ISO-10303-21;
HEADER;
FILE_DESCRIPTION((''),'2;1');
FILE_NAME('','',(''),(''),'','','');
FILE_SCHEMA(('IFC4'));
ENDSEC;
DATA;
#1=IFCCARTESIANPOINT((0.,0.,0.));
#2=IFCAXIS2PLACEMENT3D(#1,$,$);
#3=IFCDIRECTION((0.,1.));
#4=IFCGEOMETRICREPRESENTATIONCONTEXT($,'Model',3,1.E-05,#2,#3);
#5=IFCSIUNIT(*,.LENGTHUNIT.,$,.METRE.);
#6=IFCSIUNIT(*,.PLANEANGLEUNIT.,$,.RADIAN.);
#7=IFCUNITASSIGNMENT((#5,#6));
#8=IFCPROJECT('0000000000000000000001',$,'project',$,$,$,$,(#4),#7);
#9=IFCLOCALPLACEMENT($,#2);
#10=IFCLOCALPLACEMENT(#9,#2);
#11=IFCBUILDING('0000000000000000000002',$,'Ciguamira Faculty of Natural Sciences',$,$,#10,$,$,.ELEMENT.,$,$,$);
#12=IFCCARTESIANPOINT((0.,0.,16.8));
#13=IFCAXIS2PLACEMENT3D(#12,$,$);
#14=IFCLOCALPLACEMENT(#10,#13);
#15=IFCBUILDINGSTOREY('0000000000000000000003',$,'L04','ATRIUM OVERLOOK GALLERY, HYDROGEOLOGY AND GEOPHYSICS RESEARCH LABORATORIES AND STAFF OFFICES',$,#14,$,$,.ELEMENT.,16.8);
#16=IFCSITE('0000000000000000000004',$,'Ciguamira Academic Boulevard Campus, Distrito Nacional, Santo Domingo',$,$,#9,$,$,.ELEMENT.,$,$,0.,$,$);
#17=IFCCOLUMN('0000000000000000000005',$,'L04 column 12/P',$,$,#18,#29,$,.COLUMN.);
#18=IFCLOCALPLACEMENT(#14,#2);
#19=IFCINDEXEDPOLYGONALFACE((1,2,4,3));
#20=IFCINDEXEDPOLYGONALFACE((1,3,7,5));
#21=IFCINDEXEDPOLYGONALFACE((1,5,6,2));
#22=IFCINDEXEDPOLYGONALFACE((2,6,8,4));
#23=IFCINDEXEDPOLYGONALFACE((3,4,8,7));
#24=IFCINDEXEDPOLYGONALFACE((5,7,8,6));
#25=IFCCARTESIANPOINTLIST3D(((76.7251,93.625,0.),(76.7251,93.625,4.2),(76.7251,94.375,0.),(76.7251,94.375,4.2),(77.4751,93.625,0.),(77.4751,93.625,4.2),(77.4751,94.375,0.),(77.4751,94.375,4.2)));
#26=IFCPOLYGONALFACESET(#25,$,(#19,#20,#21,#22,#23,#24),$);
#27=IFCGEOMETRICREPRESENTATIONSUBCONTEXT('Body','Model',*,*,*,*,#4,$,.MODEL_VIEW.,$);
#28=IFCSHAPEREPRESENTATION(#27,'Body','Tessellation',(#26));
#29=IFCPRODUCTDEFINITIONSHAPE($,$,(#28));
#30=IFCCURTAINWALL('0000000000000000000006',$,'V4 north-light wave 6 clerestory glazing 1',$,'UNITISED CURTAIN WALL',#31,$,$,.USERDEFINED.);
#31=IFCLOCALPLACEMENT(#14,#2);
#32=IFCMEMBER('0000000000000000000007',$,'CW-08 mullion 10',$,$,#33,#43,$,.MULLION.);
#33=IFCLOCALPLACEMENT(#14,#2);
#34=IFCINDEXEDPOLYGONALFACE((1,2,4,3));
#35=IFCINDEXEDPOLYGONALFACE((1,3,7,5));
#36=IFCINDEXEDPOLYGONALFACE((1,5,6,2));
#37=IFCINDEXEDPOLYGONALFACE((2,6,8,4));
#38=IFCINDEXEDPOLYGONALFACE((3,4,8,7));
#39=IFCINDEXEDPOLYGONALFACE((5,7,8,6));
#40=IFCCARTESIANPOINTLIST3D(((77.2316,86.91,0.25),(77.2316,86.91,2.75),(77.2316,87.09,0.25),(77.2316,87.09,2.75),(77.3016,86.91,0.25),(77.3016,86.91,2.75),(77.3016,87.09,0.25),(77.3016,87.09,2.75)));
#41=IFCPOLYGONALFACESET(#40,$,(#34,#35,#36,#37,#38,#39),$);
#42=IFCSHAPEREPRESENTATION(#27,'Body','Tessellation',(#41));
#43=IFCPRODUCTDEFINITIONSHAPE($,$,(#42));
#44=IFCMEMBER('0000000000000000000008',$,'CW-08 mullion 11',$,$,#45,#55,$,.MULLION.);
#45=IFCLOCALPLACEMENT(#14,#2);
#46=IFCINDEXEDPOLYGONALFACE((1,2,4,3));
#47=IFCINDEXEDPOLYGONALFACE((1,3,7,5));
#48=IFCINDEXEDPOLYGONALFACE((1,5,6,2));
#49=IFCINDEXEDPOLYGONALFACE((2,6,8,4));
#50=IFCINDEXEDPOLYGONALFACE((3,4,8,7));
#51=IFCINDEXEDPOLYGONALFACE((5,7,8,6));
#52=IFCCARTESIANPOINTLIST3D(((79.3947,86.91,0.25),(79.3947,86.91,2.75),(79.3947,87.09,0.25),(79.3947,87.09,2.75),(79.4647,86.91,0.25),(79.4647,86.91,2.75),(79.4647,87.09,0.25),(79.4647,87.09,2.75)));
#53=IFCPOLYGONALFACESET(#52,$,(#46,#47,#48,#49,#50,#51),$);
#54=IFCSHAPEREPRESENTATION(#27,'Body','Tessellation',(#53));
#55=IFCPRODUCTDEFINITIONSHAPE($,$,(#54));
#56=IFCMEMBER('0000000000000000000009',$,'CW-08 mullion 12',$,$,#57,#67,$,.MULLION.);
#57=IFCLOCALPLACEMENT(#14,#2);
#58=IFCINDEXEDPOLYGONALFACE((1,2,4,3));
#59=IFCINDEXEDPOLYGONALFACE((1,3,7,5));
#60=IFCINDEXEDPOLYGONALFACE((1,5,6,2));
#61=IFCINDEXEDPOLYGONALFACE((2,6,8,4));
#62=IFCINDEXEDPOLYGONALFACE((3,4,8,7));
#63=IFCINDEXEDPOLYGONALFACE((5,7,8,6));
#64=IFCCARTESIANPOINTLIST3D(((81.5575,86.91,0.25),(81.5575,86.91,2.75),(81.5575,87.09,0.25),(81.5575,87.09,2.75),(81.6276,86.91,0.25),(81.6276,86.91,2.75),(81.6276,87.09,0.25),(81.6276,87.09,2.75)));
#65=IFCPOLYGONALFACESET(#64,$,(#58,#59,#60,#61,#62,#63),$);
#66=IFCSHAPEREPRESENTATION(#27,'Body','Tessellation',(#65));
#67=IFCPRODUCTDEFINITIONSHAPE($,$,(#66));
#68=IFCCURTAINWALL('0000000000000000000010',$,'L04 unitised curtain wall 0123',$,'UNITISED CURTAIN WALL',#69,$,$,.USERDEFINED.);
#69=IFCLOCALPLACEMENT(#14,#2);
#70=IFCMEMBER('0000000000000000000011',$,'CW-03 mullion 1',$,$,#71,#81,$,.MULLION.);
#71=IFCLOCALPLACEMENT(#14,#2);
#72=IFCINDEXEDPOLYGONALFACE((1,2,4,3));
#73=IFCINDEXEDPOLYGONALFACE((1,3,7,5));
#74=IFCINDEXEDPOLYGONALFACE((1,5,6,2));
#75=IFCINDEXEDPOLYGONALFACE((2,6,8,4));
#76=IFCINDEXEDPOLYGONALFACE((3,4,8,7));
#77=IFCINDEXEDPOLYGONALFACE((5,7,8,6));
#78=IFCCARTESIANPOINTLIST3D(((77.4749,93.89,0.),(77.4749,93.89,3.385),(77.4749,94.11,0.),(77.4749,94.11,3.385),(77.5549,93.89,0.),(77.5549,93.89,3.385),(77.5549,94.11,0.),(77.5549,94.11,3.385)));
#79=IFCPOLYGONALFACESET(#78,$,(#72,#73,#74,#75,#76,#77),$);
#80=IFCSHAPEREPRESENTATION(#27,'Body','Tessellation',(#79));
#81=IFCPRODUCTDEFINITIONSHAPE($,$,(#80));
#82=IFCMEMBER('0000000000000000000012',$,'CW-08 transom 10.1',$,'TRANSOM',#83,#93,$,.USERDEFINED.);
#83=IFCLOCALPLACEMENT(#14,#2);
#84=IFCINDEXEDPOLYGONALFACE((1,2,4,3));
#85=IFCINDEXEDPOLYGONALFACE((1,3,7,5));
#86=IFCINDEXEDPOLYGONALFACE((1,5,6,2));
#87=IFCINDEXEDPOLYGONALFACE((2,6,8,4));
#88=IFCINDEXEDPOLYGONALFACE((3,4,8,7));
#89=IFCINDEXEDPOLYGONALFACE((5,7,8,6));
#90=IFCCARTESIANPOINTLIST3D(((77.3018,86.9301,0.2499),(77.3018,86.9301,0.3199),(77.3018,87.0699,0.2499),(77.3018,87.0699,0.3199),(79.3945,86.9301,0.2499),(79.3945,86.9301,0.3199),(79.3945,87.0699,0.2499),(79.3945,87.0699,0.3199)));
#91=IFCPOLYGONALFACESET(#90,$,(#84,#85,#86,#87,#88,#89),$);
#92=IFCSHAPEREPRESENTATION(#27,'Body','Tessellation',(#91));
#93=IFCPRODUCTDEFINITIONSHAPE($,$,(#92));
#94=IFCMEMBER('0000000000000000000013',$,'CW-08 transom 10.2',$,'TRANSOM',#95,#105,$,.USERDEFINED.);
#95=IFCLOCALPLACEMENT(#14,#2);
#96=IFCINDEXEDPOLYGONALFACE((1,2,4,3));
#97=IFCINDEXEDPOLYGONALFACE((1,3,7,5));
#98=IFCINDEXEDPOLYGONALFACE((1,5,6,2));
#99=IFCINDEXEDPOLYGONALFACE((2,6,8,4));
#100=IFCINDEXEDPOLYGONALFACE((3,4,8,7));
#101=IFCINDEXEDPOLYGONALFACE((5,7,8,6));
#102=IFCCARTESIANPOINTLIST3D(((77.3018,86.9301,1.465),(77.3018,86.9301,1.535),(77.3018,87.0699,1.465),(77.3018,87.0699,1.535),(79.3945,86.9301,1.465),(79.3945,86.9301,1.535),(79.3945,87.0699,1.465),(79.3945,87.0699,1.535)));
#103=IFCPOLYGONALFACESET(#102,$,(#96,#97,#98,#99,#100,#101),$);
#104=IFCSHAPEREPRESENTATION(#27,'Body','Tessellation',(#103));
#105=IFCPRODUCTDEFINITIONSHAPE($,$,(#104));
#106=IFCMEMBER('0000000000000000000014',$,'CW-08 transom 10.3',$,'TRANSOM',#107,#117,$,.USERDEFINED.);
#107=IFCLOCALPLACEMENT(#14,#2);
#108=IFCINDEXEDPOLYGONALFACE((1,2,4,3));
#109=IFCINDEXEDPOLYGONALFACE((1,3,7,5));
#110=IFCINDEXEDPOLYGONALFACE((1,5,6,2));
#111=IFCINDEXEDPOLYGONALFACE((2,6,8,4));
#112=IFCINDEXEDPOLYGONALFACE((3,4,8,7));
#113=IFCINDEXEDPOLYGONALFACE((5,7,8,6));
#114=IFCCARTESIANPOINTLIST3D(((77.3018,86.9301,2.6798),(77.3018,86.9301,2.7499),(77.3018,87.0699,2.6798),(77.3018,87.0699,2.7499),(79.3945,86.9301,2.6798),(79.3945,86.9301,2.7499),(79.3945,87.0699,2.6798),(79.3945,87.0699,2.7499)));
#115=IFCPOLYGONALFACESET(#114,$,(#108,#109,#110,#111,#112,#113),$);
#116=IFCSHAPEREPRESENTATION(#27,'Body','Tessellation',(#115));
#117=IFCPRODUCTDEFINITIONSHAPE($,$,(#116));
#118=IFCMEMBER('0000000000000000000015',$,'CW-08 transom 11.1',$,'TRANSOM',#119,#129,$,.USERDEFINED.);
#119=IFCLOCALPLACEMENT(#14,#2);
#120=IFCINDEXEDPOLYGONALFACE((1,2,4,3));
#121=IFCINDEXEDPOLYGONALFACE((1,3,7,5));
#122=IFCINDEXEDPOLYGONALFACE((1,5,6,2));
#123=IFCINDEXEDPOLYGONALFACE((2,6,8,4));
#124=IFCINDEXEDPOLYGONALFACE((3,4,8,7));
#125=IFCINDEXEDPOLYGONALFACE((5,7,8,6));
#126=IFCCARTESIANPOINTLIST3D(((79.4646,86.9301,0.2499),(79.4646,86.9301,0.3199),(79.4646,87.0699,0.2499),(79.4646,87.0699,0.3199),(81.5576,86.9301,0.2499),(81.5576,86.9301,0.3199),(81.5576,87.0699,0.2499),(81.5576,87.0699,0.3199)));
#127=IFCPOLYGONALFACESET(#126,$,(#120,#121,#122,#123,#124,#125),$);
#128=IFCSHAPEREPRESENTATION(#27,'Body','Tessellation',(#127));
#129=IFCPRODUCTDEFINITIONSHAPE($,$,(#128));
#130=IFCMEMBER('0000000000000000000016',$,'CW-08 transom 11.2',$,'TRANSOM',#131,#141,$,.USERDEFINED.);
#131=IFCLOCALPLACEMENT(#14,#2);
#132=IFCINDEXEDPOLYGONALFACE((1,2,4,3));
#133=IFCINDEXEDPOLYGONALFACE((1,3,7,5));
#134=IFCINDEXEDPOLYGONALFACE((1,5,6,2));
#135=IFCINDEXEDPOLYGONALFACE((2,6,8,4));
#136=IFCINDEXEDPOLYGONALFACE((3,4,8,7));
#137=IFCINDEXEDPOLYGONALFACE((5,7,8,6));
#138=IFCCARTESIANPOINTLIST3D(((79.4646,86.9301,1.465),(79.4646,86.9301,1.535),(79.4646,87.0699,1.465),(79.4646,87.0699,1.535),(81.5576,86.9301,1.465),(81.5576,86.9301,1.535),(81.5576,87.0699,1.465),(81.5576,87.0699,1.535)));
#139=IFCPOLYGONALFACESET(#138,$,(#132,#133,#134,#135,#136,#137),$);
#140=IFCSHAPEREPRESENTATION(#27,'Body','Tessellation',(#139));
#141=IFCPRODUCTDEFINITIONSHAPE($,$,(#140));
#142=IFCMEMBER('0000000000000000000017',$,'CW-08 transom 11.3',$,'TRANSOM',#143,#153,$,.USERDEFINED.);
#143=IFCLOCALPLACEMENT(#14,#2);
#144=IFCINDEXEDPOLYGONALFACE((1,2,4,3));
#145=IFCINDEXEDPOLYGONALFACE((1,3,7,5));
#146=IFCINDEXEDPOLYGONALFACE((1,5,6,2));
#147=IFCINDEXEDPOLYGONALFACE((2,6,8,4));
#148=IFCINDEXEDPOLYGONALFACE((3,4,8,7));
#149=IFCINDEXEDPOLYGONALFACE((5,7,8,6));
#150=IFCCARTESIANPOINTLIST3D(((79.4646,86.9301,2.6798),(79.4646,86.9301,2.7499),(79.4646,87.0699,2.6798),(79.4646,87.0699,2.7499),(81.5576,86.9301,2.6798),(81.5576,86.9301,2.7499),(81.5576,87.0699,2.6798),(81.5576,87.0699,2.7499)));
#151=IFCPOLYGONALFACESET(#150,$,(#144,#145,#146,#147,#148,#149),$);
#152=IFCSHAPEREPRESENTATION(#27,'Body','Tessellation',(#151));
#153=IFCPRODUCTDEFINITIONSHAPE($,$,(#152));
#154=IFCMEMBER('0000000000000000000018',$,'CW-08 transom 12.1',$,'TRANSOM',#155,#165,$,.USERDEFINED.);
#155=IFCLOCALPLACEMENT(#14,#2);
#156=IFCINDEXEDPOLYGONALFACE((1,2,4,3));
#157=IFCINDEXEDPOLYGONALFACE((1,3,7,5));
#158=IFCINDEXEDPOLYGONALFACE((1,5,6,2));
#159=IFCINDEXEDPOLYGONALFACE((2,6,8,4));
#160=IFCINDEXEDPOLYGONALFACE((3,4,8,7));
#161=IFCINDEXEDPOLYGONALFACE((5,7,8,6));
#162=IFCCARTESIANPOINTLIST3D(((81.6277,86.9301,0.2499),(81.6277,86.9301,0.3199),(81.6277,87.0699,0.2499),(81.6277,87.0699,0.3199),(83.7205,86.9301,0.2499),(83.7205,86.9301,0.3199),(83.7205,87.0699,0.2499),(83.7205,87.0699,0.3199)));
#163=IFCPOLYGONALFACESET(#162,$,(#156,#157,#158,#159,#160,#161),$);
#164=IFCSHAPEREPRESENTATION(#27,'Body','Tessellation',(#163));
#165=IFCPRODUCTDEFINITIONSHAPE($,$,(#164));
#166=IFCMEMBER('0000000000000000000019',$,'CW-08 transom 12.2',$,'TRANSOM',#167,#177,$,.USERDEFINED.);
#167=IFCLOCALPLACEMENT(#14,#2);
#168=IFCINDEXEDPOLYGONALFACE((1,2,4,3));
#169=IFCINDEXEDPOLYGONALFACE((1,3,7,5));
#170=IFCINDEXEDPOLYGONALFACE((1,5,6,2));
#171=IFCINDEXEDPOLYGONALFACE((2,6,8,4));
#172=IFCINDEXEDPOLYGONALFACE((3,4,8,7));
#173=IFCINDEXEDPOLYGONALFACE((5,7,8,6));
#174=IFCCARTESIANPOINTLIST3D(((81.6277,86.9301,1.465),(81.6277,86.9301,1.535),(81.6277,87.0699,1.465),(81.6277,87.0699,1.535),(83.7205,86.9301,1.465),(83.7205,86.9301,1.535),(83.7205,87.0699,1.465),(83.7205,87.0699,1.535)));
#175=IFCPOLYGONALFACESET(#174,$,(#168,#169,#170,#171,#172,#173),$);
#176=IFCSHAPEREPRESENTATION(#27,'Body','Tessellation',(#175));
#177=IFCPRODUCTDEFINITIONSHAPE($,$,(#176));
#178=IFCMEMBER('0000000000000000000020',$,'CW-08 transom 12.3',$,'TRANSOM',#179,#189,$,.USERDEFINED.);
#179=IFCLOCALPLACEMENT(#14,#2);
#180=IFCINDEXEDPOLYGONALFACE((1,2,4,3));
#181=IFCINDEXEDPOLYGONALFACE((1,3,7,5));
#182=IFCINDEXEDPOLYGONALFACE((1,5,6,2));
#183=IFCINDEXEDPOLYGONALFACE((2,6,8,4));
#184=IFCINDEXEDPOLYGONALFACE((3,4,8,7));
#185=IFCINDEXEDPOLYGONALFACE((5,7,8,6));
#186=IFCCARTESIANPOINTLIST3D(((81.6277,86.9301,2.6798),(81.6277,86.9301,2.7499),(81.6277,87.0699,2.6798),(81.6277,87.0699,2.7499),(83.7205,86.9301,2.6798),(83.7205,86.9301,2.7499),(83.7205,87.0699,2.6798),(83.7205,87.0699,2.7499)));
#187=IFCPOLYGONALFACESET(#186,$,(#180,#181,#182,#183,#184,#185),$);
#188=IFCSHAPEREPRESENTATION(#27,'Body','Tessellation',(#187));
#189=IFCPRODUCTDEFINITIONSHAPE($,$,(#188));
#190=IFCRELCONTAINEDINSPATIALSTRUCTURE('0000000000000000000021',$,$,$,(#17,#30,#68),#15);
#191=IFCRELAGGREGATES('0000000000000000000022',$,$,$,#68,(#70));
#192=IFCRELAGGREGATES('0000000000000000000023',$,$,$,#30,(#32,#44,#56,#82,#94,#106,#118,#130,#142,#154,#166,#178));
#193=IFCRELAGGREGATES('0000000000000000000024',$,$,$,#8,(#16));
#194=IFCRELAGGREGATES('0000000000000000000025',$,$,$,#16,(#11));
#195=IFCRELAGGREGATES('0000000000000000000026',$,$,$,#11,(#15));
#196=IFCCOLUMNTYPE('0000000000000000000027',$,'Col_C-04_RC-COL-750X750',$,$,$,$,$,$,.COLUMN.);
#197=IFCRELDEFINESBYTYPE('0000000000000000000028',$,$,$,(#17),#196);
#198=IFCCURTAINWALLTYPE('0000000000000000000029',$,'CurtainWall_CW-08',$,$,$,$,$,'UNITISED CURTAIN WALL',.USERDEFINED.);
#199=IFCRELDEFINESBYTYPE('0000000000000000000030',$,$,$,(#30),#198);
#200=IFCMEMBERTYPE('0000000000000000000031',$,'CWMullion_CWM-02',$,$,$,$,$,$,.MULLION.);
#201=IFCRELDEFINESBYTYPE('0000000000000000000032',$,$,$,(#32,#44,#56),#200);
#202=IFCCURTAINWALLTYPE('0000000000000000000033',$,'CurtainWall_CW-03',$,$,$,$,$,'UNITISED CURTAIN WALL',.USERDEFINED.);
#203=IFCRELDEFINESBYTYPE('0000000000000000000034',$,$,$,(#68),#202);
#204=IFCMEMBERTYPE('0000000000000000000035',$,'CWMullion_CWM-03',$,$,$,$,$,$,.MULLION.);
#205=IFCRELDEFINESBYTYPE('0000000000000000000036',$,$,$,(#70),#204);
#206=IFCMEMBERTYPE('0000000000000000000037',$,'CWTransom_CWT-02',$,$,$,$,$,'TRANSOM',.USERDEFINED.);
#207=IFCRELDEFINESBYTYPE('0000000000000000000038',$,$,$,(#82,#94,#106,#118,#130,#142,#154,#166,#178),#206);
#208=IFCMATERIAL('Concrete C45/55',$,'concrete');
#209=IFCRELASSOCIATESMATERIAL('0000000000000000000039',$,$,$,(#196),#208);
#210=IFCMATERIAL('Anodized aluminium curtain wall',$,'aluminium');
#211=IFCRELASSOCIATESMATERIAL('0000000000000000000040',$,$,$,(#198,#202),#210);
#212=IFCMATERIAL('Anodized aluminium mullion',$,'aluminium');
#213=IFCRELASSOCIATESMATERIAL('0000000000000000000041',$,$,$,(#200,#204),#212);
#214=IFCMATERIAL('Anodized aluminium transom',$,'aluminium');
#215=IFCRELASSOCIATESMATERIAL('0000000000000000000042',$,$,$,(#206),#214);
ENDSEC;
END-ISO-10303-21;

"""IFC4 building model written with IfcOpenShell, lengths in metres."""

from ifc_helpers import new_model, si_unit, direction, frame, origin, origin_2d, place, context, subcontext, project, spatial, rectangle, extrude, material, material_profile, profile_set, type_object, element, aggregate, save


model = new_model("IFC4")

# Units and contexts
model_context = context("Model", 3, precision=1e-05, world=origin(), true_north=direction((0.0, 1.0)))
body_context = subcontext(model_context, "Body", "Model", "MODEL_VIEW")
ifc_project = project(units=[si_unit("LENGTHUNIT", "METRE"), si_unit("PLANEANGLEUNIT", "RADIAN")], contexts=[model_context])

# Site, building, storey
site_placement = place(None, origin())
site = spatial("IfcSite", under=ifc_project, at=site_placement, Name="Ciguamira Academic Boulevard Campus, Distrito Nacional, Santo Domingo", CompositionType="ELEMENT", RefElevation=0.0)
building_placement = place(site_placement, origin())
building = spatial("IfcBuilding", under=site, at=building_placement, Name="Ciguamira Faculty of Natural Sciences", CompositionType="ELEMENT")
storey_placement = place(building_placement, frame((0.0, 0.0, 16.8)))
storey = spatial("IfcBuildingStorey", under=building, at=storey_placement, Name="L04", Description="ATRIUM OVERLOOK GALLERY, HYDROGEOLOGY AND GEOPHYSICS RESEARCH LABORATORIES AND STAFF OFFICES", CompositionType="ELEMENT", Elevation=16.8)

# Column
ifc_material_1 = material(Name="Concrete C45/55", Category="concrete")
ifc_material_profile_1 = material_profile(ifc_material_1, rectangle(XDim=0.75, YDim=0.75, at=origin_2d()), Name="RC-COL-750X750")
ifc_profile_set_1 = profile_set([ifc_material_profile_1], Name="Concrete C45/55")
column_type = type_object("IfcColumnType", Name="Col_C-04_RC-COL-750X750", PredefinedType="COLUMN", material=ifc_profile_set_1)
column_placement = place(storey_placement, frame((77.1001, 94.0, 0.0), z_axis=(0.0, 0.0, 1.0), x_axis=(1.0, 0.0, 0.0)))
element("IfcColumn", 1, at=column_placement, inside=storey, type_object=column_type, Name="L04 column 12/P", PredefinedType="COLUMN", context=body_context, shape_type="SweptSolid", body=[
    extrude(rectangle(XDim=0.75, YDim=0.75, at=origin_2d()), origin(), (0.0, 0.0, 1.0), 4.2),
])

# Curtain wall, members
ifc_material_2 = material(Name="Anodized aluminium curtain wall", Category="aluminium")
curtain_wall_type_1 = type_object("IfcCurtainWallType", Name="CurtainWall_CW-08", ElementType="UNITISED CURTAIN WALL", PredefinedType="USERDEFINED", material=ifc_material_2)
curtain_wall_1_placement = place(storey_placement, origin())
curtain_wall_1 = element("IfcCurtainWall", 2, at=curtain_wall_1_placement, inside=storey, type_object=curtain_wall_type_1, Name="V4 north-light wave 6 clerestory glazing 1", ObjectType="UNITISED CURTAIN WALL", PredefinedType="USERDEFINED")
ifc_material_3 = material(Name="Anodized aluminium mullion", Category="aluminium")
ifc_material_profile_2 = material_profile(ifc_material_3, rectangle(XDim=0.0701, YDim=0.1799, at=origin_2d()), Name="ALU-MUL-70X180")
ifc_profile_set_2 = profile_set([ifc_material_profile_2], Name="Anodized aluminium mullion")
member_type_1 = type_object("IfcMemberType", Name="CWMullion_CWM-02", PredefinedType="MULLION", material=ifc_profile_set_2)
member_1_placement = place(storey_placement, frame((77.2666, 87.0, 0.25), z_axis=(0.0, 0.0, 1.0), x_axis=(1.0, 0.0, 0.0)))
member_1 = element("IfcMember", 3, at=member_1_placement, type_object=member_type_1, Name="CW-08 mullion 10", PredefinedType="MULLION", context=body_context, shape_type="SweptSolid", body=[
    extrude(rectangle(XDim=0.0701, YDim=0.1799, at=origin_2d()), origin(), (0.0, 0.0, 1.0), 2.5),
])
member_2_placement = place(storey_placement, frame((79.4297, 87.0, 0.25), z_axis=(0.0, 0.0, 1.0), x_axis=(1.0, 0.0, 0.0)))
member_2 = element("IfcMember", 4, at=member_2_placement, type_object=member_type_1, Name="CW-08 mullion 11", PredefinedType="MULLION", context=body_context, shape_type="SweptSolid", body=[
    extrude(rectangle(XDim=0.0701, YDim=0.1799, at=origin_2d()), origin(), (0.0, 0.0, 1.0), 2.5),
])
member_3_placement = place(storey_placement, frame((81.5925, 87.0, 0.25), z_axis=(0.0, 0.0, 1.0), x_axis=(1.0, 0.0, 0.0)))
member_3 = element("IfcMember", 5, at=member_3_placement, type_object=member_type_1, Name="CW-08 mullion 12", PredefinedType="MULLION", context=body_context, shape_type="SweptSolid", body=[
    extrude(rectangle(XDim=0.0701, YDim=0.1799, at=origin_2d()), origin(), (0.0, 0.0, 1.0), 2.5),
])

# Curtain wall, member
curtain_wall_type_2 = type_object("IfcCurtainWallType", Name="CurtainWall_CW-03", ElementType="UNITISED CURTAIN WALL", PredefinedType="USERDEFINED", material=ifc_material_2)
curtain_wall_2_placement = place(storey_placement, origin())
curtain_wall_2 = element("IfcCurtainWall", 6, at=curtain_wall_2_placement, inside=storey, type_object=curtain_wall_type_2, Name="L04 unitised curtain wall 0123", ObjectType="UNITISED CURTAIN WALL", PredefinedType="USERDEFINED")
ifc_material_profile_3 = material_profile(ifc_material_3, rectangle(XDim=0.0801, YDim=0.22, at=origin_2d()), Name="ALU-MUL-80X220")
ifc_profile_set_3 = profile_set([ifc_material_profile_3], Name="Anodized aluminium mullion")
member_type_2 = type_object("IfcMemberType", Name="CWMullion_CWM-03", PredefinedType="MULLION", material=ifc_profile_set_3)
member_4_placement = place(storey_placement, frame((77.5149, 94.0, 0.0), z_axis=(0.0, 0.0, 1.0), x_axis=(1.0, 0.0, 0.0)))
member_4 = element("IfcMember", 7, at=member_4_placement, type_object=member_type_2, Name="CW-03 mullion 1", PredefinedType="MULLION", context=body_context, shape_type="SweptSolid", body=[
    extrude(rectangle(XDim=0.0801, YDim=0.22, at=origin_2d()), origin(), (0.0, 0.0, 1.0), 3.385),
])
aggregate(curtain_wall_2, [member_4])

# Members
ifc_material_4 = material(Name="Anodized aluminium transom", Category="aluminium")
ifc_material_profile_4 = material_profile(ifc_material_4, rectangle(XDim=0.0701, YDim=0.1399, at=origin_2d()), Name="ALU-TRN-70X140")
ifc_profile_set_4 = profile_set([ifc_material_profile_4], Name="Anodized aluminium transom")
member_type_3 = type_object("IfcMemberType", Name="CWTransom_CWT-02", ElementType="TRANSOM", PredefinedType="USERDEFINED", material=ifc_profile_set_4)
member_5_placement = place(storey_placement, frame((77.3018, 87.0, 0.2849), z_axis=(1.0, 0.0, 0.0), x_axis=(0.0, 0.0, 1.0)))
member_5 = element("IfcMember", 8, at=member_5_placement, type_object=member_type_3, Name="CW-08 transom 10.1", ObjectType="TRANSOM", PredefinedType="USERDEFINED", context=body_context, shape_type="SweptSolid", body=[
    extrude(rectangle(XDim=0.0701, YDim=0.1399, at=origin_2d()), origin(), (0.0, 0.0, 1.0), 2.0928),
])
member_6_placement = place(storey_placement, frame((77.3018, 87.0, 1.5), z_axis=(1.0, 0.0, 0.0), x_axis=(0.0, 0.0, 1.0)))
member_6 = element("IfcMember", 9, at=member_6_placement, type_object=member_type_3, Name="CW-08 transom 10.2", ObjectType="TRANSOM", PredefinedType="USERDEFINED", context=body_context, shape_type="SweptSolid", body=[
    extrude(rectangle(XDim=0.0701, YDim=0.1399, at=origin_2d()), origin(), (0.0, 0.0, 1.0), 2.0928),
])
member_7_placement = place(storey_placement, frame((77.3018, 87.0, 2.7148), z_axis=(1.0, 0.0, 0.0), x_axis=(0.0, 0.0, 1.0)))
member_7 = element("IfcMember", 10, at=member_7_placement, type_object=member_type_3, Name="CW-08 transom 10.3", ObjectType="TRANSOM", PredefinedType="USERDEFINED", context=body_context, shape_type="SweptSolid", body=[
    extrude(rectangle(XDim=0.0701, YDim=0.1399, at=origin_2d()), origin(), (0.0, 0.0, 1.0), 2.0928),
])
member_8_placement = place(storey_placement, frame((79.4646, 87.0, 0.2849), z_axis=(1.0, 0.0, 0.0), x_axis=(0.0, 0.0, 1.0)))
member_8 = element("IfcMember", 11, at=member_8_placement, type_object=member_type_3, Name="CW-08 transom 11.1", ObjectType="TRANSOM", PredefinedType="USERDEFINED", context=body_context, shape_type="SweptSolid", body=[
    extrude(rectangle(XDim=0.0701, YDim=0.1399, at=origin_2d()), origin(), (0.0, 0.0, 1.0), 2.093),
])
member_9_placement = place(storey_placement, frame((79.4646, 87.0, 1.5), z_axis=(1.0, 0.0, 0.0), x_axis=(0.0, 0.0, 1.0)))
member_9 = element("IfcMember", 12, at=member_9_placement, type_object=member_type_3, Name="CW-08 transom 11.2", ObjectType="TRANSOM", PredefinedType="USERDEFINED", context=body_context, shape_type="SweptSolid", body=[
    extrude(rectangle(XDim=0.0701, YDim=0.1399, at=origin_2d()), origin(), (0.0, 0.0, 1.0), 2.093),
])
member_10_placement = place(storey_placement, frame((79.4646, 87.0, 2.7148), z_axis=(1.0, 0.0, 0.0), x_axis=(0.0, 0.0, 1.0)))
member_10 = element("IfcMember", 13, at=member_10_placement, type_object=member_type_3, Name="CW-08 transom 11.3", ObjectType="TRANSOM", PredefinedType="USERDEFINED", context=body_context, shape_type="SweptSolid", body=[
    extrude(rectangle(XDim=0.0701, YDim=0.1399, at=origin_2d()), origin(), (0.0, 0.0, 1.0), 2.093),
])
member_11_placement = place(storey_placement, frame((81.6277, 87.0, 0.2849), z_axis=(1.0, 0.0, 0.0), x_axis=(0.0, 0.0, 1.0)))
member_11 = element("IfcMember", 14, at=member_11_placement, type_object=member_type_3, Name="CW-08 transom 12.1", ObjectType="TRANSOM", PredefinedType="USERDEFINED", context=body_context, shape_type="SweptSolid", body=[
    extrude(rectangle(XDim=0.0701, YDim=0.1399, at=origin_2d()), origin(), (0.0, 0.0, 1.0), 2.0928),
])
member_12_placement = place(storey_placement, frame((81.6277, 87.0, 1.5), z_axis=(1.0, 0.0, 0.0), x_axis=(0.0, 0.0, 1.0)))
member_12 = element("IfcMember", 15, at=member_12_placement, type_object=member_type_3, Name="CW-08 transom 12.2", ObjectType="TRANSOM", PredefinedType="USERDEFINED", context=body_context, shape_type="SweptSolid", body=[
    extrude(rectangle(XDim=0.0701, YDim=0.1399, at=origin_2d()), origin(), (0.0, 0.0, 1.0), 2.0928),
])
member_13_placement = place(storey_placement, frame((81.6277, 87.0, 2.7148), z_axis=(1.0, 0.0, 0.0), x_axis=(0.0, 0.0, 1.0)))
member_13 = element("IfcMember", 16, at=member_13_placement, type_object=member_type_3, Name="CW-08 transom 12.3", ObjectType="TRANSOM", PredefinedType="USERDEFINED", context=body_context, shape_type="SweptSolid", body=[
    extrude(rectangle(XDim=0.0701, YDim=0.1399, at=origin_2d()), origin(), (0.0, 0.0, 1.0), 2.0928),
])

aggregate(curtain_wall_1, [member_1, member_2, member_3, member_5, member_6, member_7, member_8, member_9, member_10, member_11, member_12, member_13])

save(model, "model.ifc")
